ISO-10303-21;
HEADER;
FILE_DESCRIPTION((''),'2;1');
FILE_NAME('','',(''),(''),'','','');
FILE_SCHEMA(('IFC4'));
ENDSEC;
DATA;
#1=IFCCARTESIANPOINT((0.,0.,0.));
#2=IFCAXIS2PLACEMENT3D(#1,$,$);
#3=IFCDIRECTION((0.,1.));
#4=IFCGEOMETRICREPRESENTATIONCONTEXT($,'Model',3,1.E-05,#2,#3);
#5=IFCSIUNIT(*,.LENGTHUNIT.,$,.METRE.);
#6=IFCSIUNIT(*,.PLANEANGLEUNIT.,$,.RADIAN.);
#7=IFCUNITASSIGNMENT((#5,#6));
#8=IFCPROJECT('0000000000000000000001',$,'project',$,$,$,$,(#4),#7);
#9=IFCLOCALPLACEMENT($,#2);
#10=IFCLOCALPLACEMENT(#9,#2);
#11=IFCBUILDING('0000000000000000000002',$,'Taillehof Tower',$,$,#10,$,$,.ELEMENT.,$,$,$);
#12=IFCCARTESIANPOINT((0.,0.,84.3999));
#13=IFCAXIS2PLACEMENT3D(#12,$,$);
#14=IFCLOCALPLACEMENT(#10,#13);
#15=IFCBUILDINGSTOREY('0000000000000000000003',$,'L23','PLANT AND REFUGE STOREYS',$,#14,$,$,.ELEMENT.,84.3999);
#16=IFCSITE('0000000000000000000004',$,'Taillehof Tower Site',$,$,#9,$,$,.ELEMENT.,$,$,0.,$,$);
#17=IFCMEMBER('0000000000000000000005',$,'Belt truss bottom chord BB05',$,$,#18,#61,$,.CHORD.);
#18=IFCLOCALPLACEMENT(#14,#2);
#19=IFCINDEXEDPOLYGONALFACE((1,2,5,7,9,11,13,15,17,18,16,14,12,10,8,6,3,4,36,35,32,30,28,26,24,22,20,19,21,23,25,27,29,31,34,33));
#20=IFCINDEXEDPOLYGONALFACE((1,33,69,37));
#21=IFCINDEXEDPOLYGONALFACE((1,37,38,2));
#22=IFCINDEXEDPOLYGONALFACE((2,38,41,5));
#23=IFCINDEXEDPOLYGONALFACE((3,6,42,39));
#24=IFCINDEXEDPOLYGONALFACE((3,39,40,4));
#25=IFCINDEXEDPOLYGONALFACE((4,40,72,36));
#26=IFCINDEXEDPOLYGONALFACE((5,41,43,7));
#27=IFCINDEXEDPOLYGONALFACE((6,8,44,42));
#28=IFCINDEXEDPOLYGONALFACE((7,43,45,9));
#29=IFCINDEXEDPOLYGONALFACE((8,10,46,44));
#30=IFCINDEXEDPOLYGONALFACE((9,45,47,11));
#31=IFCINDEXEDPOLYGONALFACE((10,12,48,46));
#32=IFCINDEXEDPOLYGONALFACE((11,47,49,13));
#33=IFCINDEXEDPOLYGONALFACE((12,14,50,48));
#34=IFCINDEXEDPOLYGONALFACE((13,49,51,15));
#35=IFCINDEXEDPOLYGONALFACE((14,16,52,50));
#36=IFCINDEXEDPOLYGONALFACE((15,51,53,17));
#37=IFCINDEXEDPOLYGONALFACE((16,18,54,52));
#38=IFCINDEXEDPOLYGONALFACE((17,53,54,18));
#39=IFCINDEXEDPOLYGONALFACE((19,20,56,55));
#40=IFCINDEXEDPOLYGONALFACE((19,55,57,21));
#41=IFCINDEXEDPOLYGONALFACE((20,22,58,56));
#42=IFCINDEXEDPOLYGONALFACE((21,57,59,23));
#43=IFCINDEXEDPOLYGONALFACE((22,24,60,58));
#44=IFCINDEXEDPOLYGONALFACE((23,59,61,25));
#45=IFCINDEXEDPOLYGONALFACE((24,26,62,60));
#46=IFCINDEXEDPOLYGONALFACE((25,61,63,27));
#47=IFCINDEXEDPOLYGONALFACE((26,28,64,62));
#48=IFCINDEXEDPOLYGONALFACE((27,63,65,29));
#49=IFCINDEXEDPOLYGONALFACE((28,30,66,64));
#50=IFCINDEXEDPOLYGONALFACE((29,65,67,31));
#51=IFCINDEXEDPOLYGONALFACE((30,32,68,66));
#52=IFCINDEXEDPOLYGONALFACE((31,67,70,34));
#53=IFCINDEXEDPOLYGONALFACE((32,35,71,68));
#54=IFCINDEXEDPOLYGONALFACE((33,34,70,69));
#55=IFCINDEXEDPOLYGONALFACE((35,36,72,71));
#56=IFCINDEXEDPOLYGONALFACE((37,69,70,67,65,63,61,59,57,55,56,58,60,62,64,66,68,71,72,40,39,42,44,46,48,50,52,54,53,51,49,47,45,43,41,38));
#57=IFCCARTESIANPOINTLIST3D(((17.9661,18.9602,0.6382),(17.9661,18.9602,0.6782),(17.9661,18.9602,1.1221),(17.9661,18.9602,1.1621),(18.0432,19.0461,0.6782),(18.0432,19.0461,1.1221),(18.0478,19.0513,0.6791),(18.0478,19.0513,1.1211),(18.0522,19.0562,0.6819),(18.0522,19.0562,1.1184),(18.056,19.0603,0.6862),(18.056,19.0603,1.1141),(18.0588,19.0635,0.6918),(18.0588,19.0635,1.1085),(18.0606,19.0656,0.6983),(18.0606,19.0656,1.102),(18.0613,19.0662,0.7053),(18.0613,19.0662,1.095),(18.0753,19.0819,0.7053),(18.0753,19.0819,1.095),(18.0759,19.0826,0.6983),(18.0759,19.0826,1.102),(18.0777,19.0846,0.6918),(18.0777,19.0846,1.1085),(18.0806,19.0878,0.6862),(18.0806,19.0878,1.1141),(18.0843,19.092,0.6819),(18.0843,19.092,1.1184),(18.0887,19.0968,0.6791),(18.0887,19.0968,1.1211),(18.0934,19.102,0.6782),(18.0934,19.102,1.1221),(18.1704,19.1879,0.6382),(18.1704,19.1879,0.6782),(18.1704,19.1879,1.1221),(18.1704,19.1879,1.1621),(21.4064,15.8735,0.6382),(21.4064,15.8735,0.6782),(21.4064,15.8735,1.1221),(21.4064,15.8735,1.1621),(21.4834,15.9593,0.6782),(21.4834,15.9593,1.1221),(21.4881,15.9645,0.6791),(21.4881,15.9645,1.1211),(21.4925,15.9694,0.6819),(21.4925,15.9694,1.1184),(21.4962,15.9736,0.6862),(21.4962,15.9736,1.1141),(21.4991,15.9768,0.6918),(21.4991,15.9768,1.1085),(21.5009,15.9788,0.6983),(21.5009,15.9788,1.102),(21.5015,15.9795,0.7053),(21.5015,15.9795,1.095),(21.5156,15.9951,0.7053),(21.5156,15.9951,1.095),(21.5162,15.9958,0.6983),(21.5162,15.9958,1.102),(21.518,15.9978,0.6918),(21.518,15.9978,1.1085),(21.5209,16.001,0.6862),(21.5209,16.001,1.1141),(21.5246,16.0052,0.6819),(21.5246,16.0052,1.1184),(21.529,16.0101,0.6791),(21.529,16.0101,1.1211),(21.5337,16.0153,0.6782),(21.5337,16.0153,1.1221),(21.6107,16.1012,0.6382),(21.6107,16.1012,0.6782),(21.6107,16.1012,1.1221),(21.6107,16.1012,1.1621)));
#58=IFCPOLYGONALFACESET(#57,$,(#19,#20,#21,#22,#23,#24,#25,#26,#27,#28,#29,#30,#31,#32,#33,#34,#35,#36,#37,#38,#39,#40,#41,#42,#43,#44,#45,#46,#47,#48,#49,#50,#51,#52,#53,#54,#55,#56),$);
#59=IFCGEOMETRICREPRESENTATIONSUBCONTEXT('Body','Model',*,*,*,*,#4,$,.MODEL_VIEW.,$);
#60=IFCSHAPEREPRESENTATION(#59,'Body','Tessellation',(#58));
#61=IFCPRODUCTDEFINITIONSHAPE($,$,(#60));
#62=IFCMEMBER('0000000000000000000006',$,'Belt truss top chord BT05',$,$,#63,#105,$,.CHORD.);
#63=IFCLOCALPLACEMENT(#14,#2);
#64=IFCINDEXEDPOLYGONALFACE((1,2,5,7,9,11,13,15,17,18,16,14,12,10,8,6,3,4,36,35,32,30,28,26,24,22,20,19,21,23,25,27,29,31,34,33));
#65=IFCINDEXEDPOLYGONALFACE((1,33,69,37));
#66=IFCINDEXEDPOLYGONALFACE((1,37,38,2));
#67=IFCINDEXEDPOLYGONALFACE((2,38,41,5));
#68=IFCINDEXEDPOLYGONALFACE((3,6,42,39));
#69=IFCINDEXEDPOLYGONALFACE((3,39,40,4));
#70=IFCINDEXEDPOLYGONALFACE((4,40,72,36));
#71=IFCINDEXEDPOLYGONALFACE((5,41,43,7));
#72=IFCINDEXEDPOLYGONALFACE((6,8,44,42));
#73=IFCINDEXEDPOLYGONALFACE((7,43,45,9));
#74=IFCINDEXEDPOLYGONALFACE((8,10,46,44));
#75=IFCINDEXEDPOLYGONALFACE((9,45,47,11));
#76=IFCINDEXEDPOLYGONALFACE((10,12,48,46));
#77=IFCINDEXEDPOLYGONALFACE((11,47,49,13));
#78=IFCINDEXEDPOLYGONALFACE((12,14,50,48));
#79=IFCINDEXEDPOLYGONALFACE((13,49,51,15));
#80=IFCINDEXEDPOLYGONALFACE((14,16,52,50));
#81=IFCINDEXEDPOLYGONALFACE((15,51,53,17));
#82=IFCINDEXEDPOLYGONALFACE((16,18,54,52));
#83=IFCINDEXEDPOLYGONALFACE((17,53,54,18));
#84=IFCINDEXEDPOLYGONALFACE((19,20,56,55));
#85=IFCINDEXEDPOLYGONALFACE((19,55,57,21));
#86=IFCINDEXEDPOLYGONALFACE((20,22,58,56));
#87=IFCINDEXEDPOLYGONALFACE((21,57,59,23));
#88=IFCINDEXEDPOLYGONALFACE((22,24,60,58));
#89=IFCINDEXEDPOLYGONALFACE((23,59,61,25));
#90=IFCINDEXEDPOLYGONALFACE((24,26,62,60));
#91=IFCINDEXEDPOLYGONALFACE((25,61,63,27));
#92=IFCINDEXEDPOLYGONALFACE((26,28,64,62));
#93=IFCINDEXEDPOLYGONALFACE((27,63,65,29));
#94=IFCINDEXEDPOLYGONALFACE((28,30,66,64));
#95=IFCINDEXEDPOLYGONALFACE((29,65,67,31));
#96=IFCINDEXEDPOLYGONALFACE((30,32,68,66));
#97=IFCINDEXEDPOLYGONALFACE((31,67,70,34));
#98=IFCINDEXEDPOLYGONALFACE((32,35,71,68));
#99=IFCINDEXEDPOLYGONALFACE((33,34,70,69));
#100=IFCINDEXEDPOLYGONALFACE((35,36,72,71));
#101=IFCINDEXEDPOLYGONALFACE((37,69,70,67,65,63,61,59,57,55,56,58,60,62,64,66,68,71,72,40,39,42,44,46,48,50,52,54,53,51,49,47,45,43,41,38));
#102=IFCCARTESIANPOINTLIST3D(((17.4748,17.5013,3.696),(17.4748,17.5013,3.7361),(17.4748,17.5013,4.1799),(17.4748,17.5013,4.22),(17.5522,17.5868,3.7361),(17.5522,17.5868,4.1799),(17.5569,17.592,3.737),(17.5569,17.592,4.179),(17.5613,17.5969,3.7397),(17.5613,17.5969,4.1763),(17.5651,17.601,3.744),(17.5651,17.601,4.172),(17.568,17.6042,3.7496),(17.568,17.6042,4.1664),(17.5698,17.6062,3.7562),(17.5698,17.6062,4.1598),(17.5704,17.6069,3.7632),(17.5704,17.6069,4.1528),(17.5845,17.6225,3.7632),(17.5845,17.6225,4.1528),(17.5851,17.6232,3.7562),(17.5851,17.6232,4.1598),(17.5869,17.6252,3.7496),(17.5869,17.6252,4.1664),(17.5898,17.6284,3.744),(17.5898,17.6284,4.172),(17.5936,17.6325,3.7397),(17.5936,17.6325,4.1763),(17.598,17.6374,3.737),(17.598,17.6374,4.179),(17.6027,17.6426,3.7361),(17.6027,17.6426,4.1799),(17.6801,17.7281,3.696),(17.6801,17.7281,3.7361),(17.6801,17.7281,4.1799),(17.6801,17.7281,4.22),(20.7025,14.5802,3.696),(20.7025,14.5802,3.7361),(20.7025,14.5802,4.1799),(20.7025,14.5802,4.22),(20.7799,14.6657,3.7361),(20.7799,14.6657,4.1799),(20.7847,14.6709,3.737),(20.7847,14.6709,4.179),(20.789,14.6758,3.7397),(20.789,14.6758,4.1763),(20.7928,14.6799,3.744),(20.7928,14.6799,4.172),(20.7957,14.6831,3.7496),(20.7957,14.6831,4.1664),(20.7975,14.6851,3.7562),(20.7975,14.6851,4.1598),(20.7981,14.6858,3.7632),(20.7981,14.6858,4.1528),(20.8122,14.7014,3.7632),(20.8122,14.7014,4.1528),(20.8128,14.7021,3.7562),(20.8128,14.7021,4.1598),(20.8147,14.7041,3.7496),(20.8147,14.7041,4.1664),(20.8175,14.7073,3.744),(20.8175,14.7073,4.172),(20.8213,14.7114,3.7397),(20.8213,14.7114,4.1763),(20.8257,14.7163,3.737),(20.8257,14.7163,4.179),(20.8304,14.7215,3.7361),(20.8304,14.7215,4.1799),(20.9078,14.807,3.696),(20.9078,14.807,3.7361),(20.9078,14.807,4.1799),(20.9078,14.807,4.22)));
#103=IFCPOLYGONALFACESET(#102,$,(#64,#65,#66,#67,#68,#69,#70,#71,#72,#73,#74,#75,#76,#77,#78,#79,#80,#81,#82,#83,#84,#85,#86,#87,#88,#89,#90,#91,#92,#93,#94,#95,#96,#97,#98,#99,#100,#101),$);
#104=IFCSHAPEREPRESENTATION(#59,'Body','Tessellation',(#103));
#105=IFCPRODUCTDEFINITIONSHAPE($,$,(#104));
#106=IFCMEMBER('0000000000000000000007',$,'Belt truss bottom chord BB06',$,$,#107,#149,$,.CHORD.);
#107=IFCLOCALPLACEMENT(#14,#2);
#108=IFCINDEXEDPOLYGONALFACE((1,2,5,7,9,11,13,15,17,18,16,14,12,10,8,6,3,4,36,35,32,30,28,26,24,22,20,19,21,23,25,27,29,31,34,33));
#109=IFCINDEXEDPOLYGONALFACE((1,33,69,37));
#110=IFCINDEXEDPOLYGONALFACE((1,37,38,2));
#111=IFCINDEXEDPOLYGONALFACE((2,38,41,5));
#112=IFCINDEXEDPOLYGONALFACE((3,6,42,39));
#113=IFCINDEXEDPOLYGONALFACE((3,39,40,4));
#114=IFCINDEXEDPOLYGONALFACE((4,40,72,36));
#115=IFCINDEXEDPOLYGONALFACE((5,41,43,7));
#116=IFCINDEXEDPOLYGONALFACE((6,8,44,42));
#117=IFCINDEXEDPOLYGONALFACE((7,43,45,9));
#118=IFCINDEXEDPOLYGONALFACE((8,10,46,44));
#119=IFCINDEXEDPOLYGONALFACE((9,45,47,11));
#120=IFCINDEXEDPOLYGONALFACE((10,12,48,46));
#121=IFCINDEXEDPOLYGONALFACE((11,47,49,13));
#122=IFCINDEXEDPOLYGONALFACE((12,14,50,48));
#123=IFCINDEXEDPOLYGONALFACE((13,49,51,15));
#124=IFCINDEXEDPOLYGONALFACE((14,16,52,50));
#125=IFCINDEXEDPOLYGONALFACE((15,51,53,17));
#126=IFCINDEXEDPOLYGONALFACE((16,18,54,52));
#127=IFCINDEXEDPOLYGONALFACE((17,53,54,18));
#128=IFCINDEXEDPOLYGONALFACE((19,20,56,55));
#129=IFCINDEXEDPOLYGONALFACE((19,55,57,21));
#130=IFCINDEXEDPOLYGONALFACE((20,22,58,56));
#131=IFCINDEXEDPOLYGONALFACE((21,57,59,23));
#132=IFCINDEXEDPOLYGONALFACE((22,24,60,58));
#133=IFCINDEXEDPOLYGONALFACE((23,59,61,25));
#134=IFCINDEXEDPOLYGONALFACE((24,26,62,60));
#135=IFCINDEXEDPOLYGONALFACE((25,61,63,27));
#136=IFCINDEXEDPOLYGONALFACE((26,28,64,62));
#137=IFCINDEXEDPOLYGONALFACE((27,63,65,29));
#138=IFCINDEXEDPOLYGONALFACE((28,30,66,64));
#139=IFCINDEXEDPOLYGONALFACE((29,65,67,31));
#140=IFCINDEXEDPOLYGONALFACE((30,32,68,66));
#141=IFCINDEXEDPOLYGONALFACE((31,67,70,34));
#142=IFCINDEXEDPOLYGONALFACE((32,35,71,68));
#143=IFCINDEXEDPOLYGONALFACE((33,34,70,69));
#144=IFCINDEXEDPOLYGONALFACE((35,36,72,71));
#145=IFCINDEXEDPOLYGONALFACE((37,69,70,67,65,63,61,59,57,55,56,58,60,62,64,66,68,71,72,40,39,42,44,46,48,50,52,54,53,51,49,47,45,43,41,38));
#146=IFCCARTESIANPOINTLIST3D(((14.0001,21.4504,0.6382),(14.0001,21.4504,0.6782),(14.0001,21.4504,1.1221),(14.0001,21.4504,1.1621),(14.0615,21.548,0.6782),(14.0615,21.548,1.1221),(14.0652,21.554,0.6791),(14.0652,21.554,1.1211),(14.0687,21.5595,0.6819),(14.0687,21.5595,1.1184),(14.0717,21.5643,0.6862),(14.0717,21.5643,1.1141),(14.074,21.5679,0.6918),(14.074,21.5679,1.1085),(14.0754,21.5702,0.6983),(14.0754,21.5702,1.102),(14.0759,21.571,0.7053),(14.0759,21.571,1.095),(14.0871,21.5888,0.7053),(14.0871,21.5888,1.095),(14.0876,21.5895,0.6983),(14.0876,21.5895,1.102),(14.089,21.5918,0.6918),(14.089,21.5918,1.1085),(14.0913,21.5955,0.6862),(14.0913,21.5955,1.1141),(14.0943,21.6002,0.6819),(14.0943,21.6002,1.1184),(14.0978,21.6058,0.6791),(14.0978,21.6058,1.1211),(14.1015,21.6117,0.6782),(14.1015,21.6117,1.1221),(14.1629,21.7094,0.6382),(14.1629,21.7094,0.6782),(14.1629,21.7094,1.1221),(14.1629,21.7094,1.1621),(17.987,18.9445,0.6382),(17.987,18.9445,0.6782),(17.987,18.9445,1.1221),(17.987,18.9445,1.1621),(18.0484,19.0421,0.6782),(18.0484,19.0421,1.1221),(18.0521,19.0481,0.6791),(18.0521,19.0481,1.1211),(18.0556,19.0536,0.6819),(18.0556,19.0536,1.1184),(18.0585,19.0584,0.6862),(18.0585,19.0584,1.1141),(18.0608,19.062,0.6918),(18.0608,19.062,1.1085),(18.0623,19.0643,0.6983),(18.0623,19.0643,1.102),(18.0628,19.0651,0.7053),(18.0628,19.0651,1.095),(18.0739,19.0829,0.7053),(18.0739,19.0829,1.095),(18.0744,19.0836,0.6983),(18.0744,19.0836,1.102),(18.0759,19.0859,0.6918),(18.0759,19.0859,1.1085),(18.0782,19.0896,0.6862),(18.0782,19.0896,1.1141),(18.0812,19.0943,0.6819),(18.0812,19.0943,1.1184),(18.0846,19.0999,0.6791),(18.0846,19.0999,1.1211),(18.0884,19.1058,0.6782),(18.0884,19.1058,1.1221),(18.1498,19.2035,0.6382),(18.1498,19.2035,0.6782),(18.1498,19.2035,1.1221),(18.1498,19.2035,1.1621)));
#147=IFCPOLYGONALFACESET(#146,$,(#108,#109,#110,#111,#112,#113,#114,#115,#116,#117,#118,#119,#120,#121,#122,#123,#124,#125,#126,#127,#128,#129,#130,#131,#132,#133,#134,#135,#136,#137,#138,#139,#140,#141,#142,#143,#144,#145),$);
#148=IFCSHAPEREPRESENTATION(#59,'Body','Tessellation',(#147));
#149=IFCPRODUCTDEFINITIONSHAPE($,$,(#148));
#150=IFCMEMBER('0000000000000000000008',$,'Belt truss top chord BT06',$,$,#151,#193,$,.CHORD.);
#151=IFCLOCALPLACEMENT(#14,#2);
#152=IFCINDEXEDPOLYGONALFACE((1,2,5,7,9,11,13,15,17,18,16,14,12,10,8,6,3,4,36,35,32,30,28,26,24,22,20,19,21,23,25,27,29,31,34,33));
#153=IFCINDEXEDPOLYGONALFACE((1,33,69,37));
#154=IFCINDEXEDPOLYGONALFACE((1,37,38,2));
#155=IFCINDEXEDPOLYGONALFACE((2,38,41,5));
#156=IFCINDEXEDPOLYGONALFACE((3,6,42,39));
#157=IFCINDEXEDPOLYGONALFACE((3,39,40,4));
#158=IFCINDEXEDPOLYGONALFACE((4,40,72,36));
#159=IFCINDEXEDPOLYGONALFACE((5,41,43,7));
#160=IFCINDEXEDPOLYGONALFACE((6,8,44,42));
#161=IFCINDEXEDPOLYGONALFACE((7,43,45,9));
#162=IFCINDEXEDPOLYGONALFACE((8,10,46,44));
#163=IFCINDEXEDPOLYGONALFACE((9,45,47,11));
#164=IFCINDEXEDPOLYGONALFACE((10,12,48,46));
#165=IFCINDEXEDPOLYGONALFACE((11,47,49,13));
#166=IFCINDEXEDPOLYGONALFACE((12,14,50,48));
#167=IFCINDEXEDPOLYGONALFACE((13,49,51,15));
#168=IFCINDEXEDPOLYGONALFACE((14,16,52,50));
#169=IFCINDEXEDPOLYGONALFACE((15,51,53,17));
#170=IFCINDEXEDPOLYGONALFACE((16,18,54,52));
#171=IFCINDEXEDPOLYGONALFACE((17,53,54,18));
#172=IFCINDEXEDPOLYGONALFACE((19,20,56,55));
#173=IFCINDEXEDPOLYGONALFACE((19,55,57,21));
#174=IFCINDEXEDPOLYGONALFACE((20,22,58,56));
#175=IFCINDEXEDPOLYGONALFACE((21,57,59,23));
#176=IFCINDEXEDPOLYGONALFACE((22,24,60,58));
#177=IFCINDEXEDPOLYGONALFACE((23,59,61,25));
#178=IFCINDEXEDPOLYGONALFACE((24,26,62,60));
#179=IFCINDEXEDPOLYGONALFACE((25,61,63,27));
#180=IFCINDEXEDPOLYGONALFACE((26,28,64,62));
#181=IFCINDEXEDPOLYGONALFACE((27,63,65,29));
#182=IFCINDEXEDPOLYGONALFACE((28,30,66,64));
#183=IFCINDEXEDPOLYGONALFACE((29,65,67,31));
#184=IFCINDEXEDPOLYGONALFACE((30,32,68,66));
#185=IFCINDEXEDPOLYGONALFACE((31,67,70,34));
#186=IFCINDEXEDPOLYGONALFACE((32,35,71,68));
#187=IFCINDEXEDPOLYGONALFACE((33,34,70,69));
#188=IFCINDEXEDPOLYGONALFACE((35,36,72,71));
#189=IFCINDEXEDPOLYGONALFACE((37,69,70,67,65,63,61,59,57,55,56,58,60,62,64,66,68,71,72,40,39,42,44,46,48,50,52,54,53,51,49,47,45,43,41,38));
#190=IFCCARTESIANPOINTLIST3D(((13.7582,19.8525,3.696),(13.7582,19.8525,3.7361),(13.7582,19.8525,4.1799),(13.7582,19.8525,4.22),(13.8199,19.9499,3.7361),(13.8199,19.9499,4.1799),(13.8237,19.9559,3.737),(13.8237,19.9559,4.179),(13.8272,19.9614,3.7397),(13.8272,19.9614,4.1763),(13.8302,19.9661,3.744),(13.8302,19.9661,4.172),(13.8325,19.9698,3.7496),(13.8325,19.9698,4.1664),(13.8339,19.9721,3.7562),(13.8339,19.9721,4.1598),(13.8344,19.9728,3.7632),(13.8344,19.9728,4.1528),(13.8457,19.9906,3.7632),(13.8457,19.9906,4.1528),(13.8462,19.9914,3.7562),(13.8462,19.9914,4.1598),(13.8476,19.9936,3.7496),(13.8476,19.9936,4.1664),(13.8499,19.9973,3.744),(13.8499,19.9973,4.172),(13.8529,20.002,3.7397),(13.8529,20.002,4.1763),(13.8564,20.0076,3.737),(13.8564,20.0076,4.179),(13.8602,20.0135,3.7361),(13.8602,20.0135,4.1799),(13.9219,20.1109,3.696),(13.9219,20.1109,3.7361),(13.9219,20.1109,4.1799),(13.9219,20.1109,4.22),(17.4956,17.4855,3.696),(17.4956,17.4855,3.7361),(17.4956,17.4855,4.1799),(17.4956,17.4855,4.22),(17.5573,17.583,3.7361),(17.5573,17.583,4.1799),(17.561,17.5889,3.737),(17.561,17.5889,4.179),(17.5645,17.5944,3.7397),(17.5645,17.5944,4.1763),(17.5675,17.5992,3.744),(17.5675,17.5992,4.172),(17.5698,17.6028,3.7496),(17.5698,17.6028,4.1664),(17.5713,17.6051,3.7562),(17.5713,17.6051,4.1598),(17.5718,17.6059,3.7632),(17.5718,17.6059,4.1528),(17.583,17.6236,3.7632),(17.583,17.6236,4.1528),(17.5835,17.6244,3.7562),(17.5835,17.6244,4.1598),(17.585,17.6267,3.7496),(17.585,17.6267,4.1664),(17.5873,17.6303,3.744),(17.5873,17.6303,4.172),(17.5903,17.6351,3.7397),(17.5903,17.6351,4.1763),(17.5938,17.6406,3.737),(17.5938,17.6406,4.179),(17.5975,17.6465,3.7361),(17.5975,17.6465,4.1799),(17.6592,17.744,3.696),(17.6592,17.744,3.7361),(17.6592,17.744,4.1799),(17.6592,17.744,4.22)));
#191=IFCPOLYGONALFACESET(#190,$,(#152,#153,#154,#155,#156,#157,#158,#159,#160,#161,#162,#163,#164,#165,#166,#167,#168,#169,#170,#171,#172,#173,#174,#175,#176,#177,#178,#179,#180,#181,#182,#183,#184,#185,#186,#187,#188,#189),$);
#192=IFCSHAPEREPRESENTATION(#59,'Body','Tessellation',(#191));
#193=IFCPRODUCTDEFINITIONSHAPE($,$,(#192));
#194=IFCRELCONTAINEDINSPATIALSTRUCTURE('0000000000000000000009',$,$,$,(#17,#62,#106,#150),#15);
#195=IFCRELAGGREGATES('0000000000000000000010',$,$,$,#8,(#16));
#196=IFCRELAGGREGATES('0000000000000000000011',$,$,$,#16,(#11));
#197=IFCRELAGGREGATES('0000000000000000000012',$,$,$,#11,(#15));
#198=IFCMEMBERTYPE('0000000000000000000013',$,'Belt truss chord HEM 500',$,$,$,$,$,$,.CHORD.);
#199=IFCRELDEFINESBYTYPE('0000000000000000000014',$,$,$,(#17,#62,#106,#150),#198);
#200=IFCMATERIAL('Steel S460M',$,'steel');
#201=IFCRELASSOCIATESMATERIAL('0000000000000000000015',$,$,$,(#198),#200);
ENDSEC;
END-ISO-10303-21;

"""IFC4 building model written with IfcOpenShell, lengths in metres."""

from ifc_helpers import new_model, si_unit, direction, frame, origin, origin_2d, place, context, subcontext, project, spatial, i_section, extrude, material, material_profile, profile_set, type_object, element, save


model = new_model("IFC4")

# Units and contexts
model_context = context("Model", 3, precision=1e-05, world=origin(), true_north=direction((0.0, 1.0)))
body_context = subcontext(model_context, "Body", "Model", "MODEL_VIEW")
ifc_project = project(units=[si_unit("LENGTHUNIT", "METRE"), si_unit("PLANEANGLEUNIT", "RADIAN")], contexts=[model_context])

# Site, building, storey
site_placement = place(None, origin())
site = spatial("IfcSite", under=ifc_project, at=site_placement, Name="Taillehof Tower Site", CompositionType="ELEMENT", RefElevation=0.0)
building_placement = place(site_placement, origin())
building = spatial("IfcBuilding", under=site, at=building_placement, Name="Taillehof Tower", CompositionType="ELEMENT")
storey_placement = place(building_placement, frame((0.0, 0.0, 84.3999)))
storey = spatial("IfcBuildingStorey", under=building, at=storey_placement, Name="L23", Description="PLANT AND REFUGE STOREYS", CompositionType="ELEMENT", Elevation=84.3999)

# Members
ifc_material_1 = material(Name="Steel S460M", Category="steel")
ifc_material_profile_1 = material_profile(ifc_material_1, i_section(OverallWidth=0.3059, OverallDepth=0.5239, WebThickness=0.021, FlangeThickness=0.04, FilletRadius=0.0271, at=origin_2d()), Name="HEM 500")
ifc_profile_set_1 = profile_set([ifc_material_profile_1], Name="Steel S460M")
member_type_1 = type_object("IfcMemberType", Name="Belt truss chord HEM 500", PredefinedType="CHORD", material=ifc_profile_set_1)
member_1_placement = place(storey_placement, frame((21.5085, 15.9873, 0.9001), z_axis=(-0.744315, 0.667829, 0.0), x_axis=(-0.667829, -0.744315, 0.0)))
element("IfcMember", 1, at=member_1_placement, inside=storey, type_object=member_type_1, Name="Belt truss bottom chord BB05", PredefinedType="CHORD", context=body_context, shape_type="SweptSolid", body=[
    extrude(i_section(OverallWidth=0.3059, OverallDepth=0.5239, WebThickness=0.021, FlangeThickness=0.04, FilletRadius=0.0271, at=origin_2d()), origin(), (0.0, 0.0, 1.0), 4.6221),
])
member_2_placement = place(storey_placement, frame((20.8052, 14.6936, 3.958), z_axis=(-0.741448, 0.67101, 0.0), x_axis=(-0.67101, -0.741448, 0.0)))
element("IfcMember", 2, at=member_2_placement, inside=storey, type_object=member_type_1, Name="Belt truss top chord BT05", PredefinedType="CHORD", context=body_context, shape_type="SweptSolid", body=[
    extrude(i_section(OverallWidth=0.3059, OverallDepth=0.5239, WebThickness=0.021, FlangeThickness=0.04, FilletRadius=0.0271, at=origin_2d()), origin(), (0.0, 0.0, 1.0), 4.3533),
])
member_3_placement = place(storey_placement, frame((18.0684, 19.074, 0.9001), z_axis=(-0.84665, 0.53215, 0.0), x_axis=(-0.53215, -0.84665, 0.0)))
element("IfcMember", 3, at=member_3_placement, inside=storey, type_object=member_type_1, Name="Belt truss bottom chord BB06", PredefinedType="CHORD", context=body_context, shape_type="SweptSolid", body=[
    extrude(i_section(OverallWidth=0.3059, OverallDepth=0.5239, WebThickness=0.021, FlangeThickness=0.04, FilletRadius=0.0271, at=origin_2d()), origin(), (0.0, 0.0, 1.0), 4.709),
])
member_4_placement = place(storey_placement, frame((17.5774, 17.6147, 3.958), z_axis=(-0.844821, 0.535049, 0.0), x_axis=(-0.535049, -0.844821, 0.0)))
element("IfcMember", 4, at=member_4_placement, inside=storey, type_object=member_type_1, Name="Belt truss top chord BT06", PredefinedType="CHORD", context=body_context, shape_type="SweptSolid", body=[
    extrude(i_section(OverallWidth=0.3059, OverallDepth=0.5239, WebThickness=0.021, FlangeThickness=0.04, FilletRadius=0.0271, at=origin_2d()), origin(), (0.0, 0.0, 1.0), 4.4238),
])

save(model, "model.ifc")
